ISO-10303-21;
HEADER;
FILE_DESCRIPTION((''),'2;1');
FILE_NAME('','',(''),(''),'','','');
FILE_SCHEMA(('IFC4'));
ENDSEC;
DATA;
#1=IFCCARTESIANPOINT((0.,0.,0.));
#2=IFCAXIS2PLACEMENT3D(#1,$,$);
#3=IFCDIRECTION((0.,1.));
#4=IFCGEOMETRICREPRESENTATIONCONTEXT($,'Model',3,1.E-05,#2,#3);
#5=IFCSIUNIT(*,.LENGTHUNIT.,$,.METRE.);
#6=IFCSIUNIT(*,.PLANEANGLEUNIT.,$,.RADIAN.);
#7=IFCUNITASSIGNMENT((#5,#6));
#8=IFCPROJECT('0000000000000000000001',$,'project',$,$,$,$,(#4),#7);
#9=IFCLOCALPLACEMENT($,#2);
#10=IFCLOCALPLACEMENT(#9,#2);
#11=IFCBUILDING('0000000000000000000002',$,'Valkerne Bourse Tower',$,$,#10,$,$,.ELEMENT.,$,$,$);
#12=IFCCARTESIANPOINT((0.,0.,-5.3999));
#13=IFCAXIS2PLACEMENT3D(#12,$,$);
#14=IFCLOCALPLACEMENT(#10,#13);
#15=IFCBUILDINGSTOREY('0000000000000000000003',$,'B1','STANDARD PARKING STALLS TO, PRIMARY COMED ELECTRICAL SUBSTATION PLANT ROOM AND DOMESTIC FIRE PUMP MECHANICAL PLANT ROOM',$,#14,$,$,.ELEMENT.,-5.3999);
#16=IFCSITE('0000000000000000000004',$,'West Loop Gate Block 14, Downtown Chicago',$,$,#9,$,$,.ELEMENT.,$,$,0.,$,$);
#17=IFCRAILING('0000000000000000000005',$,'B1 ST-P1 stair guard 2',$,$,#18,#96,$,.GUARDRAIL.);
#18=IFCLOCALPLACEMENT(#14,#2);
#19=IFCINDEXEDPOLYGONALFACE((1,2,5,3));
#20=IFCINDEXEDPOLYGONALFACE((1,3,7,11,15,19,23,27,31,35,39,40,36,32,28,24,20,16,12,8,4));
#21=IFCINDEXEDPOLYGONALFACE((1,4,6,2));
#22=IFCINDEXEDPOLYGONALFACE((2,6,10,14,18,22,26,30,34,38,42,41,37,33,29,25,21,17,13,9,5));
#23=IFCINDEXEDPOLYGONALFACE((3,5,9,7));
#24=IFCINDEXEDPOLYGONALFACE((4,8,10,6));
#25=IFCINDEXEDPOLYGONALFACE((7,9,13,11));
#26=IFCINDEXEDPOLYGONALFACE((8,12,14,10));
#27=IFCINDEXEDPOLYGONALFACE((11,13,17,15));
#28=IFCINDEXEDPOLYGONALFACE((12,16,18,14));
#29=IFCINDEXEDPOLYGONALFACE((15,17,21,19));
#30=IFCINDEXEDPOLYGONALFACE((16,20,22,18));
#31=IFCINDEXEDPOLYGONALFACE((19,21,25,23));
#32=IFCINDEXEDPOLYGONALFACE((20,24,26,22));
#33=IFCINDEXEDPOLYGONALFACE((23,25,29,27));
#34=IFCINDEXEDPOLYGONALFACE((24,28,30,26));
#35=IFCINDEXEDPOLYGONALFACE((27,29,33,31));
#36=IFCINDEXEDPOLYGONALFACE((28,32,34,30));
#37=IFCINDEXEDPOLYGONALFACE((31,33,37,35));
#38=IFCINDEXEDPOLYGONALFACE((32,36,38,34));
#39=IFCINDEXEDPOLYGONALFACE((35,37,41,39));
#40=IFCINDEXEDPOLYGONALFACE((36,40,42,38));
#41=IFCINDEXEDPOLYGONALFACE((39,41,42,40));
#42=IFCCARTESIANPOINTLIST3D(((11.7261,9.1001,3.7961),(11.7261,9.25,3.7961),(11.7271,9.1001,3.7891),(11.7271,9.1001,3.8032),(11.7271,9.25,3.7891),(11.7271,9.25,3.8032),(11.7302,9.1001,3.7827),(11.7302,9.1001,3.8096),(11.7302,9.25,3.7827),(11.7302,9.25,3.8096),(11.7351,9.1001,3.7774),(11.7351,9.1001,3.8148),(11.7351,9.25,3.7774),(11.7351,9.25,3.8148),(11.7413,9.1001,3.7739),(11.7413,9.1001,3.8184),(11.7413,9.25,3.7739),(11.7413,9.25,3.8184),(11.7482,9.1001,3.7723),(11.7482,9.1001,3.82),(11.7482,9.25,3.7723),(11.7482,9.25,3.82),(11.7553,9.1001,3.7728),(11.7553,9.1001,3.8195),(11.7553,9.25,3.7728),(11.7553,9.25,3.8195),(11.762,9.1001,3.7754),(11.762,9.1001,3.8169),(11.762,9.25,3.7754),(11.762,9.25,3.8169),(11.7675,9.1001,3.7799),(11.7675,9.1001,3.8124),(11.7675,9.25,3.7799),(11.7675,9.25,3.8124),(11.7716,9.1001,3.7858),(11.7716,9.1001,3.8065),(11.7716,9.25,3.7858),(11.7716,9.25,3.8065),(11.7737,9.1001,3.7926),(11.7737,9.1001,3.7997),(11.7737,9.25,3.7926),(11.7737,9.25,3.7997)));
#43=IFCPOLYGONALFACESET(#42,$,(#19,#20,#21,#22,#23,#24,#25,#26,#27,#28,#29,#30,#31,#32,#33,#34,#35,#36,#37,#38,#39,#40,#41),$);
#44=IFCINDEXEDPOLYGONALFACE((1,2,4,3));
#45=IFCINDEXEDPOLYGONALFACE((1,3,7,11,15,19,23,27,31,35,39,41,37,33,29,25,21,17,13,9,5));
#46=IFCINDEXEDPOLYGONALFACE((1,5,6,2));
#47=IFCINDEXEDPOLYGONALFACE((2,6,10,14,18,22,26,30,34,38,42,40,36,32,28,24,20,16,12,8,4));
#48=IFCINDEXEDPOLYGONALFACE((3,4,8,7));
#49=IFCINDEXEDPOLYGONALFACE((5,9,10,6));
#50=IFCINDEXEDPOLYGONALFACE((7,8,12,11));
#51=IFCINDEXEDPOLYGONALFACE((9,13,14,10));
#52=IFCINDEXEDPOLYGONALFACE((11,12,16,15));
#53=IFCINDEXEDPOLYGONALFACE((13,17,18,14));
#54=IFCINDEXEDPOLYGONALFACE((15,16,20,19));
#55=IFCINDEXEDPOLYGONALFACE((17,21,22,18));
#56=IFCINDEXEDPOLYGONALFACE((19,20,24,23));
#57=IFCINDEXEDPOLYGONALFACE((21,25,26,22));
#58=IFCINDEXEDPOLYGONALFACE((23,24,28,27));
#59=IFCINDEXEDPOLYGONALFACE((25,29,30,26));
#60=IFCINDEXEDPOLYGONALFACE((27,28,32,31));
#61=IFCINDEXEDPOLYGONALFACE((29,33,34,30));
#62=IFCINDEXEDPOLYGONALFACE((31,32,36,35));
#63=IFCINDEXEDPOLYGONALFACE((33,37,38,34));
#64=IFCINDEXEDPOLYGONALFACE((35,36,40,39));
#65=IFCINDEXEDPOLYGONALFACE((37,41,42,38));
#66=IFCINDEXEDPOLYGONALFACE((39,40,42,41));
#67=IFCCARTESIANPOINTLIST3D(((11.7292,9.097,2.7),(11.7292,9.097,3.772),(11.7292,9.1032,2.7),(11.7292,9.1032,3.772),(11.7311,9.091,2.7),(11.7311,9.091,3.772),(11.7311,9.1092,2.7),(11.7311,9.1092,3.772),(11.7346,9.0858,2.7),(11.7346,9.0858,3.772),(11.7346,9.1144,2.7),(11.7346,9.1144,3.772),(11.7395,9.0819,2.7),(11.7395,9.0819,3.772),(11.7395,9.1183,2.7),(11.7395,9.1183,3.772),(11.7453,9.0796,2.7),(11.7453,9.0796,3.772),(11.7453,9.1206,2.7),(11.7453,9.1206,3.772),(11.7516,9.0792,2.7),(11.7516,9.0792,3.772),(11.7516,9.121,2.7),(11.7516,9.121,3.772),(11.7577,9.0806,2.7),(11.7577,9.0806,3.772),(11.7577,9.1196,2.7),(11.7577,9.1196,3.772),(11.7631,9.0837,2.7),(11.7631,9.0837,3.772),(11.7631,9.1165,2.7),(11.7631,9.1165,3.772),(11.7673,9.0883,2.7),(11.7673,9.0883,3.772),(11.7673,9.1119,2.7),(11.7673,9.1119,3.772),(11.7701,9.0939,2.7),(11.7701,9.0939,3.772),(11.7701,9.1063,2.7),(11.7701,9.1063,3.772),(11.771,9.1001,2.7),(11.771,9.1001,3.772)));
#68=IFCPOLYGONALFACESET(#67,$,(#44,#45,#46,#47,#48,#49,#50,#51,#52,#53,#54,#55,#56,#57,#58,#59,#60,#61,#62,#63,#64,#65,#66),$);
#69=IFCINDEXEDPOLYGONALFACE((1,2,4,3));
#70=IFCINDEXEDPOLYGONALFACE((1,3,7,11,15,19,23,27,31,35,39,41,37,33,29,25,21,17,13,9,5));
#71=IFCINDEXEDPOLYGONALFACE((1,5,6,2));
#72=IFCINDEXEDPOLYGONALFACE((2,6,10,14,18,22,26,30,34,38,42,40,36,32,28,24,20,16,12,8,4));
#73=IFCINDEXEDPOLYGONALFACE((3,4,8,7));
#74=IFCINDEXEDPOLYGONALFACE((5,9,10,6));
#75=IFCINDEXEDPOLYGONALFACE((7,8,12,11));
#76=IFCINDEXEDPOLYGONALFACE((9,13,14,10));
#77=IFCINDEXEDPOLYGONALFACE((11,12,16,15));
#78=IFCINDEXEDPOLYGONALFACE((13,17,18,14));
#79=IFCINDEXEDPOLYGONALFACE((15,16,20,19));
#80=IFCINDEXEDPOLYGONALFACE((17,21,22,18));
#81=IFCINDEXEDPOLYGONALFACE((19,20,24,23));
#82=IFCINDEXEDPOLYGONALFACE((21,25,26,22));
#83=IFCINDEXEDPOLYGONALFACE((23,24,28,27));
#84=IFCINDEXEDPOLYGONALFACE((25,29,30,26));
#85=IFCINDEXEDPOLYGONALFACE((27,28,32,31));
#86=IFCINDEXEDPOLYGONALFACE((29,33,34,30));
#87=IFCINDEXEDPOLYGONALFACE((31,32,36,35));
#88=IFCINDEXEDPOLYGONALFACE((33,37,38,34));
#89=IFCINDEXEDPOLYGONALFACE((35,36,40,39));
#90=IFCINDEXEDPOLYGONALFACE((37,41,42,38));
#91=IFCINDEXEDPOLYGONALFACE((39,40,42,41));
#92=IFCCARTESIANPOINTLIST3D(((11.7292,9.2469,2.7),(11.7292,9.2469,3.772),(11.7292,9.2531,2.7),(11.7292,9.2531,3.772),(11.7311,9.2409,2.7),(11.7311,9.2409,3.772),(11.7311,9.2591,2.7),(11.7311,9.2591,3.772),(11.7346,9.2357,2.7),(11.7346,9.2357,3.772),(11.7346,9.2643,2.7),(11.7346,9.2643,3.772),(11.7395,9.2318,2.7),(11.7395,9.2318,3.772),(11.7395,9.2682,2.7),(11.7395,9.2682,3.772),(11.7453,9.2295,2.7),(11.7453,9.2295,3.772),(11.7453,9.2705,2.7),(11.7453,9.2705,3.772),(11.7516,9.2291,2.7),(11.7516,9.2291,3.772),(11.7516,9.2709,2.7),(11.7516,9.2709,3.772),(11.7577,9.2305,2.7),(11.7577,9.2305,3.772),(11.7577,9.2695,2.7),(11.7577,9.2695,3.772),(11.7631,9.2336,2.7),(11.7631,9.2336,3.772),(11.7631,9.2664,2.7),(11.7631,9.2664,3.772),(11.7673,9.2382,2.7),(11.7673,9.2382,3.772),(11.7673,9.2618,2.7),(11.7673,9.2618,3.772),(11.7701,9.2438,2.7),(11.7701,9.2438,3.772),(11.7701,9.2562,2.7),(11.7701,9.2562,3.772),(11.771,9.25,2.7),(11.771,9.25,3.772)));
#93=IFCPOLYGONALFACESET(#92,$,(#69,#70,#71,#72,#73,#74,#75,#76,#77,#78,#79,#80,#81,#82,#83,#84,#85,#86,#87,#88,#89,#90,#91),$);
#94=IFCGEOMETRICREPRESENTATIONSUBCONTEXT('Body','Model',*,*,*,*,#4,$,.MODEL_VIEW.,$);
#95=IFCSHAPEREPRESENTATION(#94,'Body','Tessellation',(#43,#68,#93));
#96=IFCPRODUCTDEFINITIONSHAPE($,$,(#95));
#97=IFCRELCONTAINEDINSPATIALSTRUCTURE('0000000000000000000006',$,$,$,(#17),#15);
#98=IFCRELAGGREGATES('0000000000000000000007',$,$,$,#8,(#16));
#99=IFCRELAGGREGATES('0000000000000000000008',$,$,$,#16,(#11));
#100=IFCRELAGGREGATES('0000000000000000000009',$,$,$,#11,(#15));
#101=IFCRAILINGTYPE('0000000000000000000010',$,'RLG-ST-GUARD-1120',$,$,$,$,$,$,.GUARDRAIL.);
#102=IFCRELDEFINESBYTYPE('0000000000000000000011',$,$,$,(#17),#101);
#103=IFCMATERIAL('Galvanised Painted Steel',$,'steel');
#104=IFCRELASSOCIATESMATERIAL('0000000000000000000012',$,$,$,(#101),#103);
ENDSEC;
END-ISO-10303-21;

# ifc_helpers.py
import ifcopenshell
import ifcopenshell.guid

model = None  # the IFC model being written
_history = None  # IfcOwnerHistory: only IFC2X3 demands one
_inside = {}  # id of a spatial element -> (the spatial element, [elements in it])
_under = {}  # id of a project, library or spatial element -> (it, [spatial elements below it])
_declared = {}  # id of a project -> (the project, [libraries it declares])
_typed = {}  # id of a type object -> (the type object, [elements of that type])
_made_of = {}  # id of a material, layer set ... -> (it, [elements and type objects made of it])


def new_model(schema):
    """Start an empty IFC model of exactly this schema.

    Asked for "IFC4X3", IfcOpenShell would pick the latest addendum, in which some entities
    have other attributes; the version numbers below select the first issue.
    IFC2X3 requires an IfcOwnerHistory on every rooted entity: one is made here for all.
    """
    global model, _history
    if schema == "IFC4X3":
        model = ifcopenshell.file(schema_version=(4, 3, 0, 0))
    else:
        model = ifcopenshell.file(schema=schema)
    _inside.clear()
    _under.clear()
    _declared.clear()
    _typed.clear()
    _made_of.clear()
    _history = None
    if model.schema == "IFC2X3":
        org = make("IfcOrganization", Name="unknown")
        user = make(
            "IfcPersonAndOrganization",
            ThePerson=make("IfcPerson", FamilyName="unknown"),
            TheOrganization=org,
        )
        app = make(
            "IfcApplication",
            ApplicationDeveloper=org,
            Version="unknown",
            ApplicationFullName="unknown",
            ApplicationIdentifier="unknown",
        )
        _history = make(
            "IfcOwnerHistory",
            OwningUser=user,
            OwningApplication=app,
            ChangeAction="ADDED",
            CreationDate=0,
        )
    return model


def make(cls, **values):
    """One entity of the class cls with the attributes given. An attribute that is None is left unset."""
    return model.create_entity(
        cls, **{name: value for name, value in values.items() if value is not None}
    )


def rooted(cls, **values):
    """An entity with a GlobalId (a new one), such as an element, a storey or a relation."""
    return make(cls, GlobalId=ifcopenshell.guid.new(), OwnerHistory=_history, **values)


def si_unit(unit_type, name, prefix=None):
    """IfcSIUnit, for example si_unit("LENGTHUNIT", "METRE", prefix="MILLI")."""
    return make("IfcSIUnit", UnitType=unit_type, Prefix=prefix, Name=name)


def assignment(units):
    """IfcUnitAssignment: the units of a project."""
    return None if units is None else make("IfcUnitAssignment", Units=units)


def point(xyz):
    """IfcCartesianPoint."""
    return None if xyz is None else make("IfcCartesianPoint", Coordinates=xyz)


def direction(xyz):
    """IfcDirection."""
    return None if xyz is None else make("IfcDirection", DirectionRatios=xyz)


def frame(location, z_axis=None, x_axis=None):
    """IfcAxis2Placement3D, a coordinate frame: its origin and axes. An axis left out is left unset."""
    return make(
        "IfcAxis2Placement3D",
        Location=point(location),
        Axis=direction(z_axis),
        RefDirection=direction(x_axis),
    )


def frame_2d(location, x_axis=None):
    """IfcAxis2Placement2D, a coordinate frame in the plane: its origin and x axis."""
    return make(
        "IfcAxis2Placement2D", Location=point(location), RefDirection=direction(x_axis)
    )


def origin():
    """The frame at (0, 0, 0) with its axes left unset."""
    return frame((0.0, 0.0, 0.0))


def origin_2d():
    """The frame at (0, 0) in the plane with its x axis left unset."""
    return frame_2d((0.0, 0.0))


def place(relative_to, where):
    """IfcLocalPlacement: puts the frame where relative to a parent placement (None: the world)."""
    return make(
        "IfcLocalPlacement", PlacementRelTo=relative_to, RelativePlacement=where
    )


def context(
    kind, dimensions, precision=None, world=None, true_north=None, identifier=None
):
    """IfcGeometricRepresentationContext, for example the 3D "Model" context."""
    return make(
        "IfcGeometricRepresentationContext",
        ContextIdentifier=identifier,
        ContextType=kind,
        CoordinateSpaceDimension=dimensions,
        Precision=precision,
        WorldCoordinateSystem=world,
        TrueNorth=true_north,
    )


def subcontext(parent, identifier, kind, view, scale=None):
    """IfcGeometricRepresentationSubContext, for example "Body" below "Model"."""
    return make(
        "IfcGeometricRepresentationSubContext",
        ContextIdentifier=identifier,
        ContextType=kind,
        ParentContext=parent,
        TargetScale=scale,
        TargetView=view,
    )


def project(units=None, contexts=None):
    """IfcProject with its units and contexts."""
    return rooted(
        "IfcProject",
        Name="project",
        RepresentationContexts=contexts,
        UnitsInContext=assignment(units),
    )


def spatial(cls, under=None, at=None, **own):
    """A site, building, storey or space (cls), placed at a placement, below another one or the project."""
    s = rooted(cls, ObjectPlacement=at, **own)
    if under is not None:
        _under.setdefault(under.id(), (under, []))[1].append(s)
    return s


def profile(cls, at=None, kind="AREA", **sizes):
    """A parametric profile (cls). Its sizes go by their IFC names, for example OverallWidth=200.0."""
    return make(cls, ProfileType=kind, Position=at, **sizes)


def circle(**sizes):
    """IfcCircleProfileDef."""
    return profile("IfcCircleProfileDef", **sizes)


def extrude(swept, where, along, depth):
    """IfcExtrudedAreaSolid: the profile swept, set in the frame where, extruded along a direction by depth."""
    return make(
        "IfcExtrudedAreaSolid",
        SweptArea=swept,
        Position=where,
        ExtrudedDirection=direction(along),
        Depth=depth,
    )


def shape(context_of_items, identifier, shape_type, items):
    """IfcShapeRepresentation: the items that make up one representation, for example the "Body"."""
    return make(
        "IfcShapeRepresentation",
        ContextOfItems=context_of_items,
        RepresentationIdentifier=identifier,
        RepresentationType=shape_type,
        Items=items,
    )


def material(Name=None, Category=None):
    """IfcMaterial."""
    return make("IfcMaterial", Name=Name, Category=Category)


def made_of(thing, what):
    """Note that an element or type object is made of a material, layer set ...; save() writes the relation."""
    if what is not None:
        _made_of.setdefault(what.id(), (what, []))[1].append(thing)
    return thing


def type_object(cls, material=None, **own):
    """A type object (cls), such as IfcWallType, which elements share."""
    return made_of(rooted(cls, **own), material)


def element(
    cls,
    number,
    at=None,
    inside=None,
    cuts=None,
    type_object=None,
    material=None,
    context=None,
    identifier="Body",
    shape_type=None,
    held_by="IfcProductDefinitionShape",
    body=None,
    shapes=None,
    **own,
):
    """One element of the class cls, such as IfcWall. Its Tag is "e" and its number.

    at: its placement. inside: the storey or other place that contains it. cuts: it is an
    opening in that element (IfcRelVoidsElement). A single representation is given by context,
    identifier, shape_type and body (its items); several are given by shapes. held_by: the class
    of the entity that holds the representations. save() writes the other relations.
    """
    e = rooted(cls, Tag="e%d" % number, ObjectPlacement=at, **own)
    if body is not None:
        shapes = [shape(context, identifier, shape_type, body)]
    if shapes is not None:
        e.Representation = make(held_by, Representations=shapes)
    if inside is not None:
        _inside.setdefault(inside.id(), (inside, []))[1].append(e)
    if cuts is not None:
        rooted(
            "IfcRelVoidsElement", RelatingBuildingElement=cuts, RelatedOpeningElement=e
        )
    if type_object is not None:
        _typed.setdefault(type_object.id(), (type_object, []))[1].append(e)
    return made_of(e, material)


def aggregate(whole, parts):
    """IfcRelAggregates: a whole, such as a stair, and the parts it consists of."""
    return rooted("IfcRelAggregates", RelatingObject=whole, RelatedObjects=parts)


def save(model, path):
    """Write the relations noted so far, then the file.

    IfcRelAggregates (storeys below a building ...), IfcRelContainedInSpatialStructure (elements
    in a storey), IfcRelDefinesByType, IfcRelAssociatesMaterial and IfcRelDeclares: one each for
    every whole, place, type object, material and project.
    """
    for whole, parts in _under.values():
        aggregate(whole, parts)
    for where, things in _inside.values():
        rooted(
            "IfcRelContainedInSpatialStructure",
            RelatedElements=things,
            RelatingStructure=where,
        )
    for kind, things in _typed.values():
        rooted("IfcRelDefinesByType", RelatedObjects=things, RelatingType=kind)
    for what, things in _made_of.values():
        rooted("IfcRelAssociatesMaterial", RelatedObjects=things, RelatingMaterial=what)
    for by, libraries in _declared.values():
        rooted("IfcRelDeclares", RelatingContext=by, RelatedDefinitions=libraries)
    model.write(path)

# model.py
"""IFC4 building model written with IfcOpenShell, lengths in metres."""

from ifc_helpers import new_model, si_unit, direction, frame, origin, origin_2d, place, context, subcontext, project, spatial, circle, extrude, material, type_object, element, save


model = new_model("IFC4")

# Units and contexts
model_context = context("Model", 3, precision=1e-05, world=origin(), true_north=direction((0.0, 1.0)))
body_context = subcontext(model_context, "Body", "Model", "MODEL_VIEW")
ifc_project = project(units=[si_unit("LENGTHUNIT", "METRE"), si_unit("PLANEANGLEUNIT", "RADIAN")], contexts=[model_context])

# Site, building, storey
site_placement = place(None, origin())
site = spatial("IfcSite", under=ifc_project, at=site_placement, Name="West Loop Gate Block 14, Downtown Chicago", CompositionType="ELEMENT", RefElevation=0.0)
building_placement = place(site_placement, origin())
building = spatial("IfcBuilding", under=site, at=building_placement, Name="Valkerne Bourse Tower", CompositionType="ELEMENT")
storey_placement = place(building_placement, frame((0.0, 0.0, -5.3999)))
storey = spatial("IfcBuildingStorey", under=building, at=storey_placement, Name="B1", Description="STANDARD PARKING STALLS TO, PRIMARY COMED ELECTRICAL SUBSTATION PLANT ROOM AND DOMESTIC FIRE PUMP MECHANICAL PLANT ROOM", CompositionType="ELEMENT", Elevation=-5.3999)

# Shared definitions
ifc_material_1 = material(Name="Galvanised Painted Steel", Category="steel")

# Railing
railing_type_1 = type_object("IfcRailingType", Name="RLG-ST-GUARD-1120", PredefinedType="GUARDRAIL", material=ifc_material_1)
railing_1_placement = place(storey_placement, frame((11.75, 9.1001, 2.7)))
element("IfcRailing", 1, at=railing_1_placement, inside=storey, type_object=railing_type_1, Name="B1 ST-P1 stair guard 2", PredefinedType="GUARDRAIL", context=body_context, shape_type="SweptSolid", body=[
    extrude(circle(Radius=0.0239, at=origin_2d()), frame((0.0, 0.0, 1.0962), z_axis=(0.0, 1.0, 0.0), x_axis=(-1.0, 0.0, 0.0)), (0.0, 0.0, 1.0), 0.1499),
    extrude(circle(Radius=0.021, at=origin_2d()), origin(), (0.0, 0.0, 1.0), 1.072),
    extrude(circle(Radius=0.021, at=origin_2d()), frame((0.0, 0.1499, 0.0)), (0.0, 0.0, 1.0), 1.072),
])

save(model, "model.ifc")
